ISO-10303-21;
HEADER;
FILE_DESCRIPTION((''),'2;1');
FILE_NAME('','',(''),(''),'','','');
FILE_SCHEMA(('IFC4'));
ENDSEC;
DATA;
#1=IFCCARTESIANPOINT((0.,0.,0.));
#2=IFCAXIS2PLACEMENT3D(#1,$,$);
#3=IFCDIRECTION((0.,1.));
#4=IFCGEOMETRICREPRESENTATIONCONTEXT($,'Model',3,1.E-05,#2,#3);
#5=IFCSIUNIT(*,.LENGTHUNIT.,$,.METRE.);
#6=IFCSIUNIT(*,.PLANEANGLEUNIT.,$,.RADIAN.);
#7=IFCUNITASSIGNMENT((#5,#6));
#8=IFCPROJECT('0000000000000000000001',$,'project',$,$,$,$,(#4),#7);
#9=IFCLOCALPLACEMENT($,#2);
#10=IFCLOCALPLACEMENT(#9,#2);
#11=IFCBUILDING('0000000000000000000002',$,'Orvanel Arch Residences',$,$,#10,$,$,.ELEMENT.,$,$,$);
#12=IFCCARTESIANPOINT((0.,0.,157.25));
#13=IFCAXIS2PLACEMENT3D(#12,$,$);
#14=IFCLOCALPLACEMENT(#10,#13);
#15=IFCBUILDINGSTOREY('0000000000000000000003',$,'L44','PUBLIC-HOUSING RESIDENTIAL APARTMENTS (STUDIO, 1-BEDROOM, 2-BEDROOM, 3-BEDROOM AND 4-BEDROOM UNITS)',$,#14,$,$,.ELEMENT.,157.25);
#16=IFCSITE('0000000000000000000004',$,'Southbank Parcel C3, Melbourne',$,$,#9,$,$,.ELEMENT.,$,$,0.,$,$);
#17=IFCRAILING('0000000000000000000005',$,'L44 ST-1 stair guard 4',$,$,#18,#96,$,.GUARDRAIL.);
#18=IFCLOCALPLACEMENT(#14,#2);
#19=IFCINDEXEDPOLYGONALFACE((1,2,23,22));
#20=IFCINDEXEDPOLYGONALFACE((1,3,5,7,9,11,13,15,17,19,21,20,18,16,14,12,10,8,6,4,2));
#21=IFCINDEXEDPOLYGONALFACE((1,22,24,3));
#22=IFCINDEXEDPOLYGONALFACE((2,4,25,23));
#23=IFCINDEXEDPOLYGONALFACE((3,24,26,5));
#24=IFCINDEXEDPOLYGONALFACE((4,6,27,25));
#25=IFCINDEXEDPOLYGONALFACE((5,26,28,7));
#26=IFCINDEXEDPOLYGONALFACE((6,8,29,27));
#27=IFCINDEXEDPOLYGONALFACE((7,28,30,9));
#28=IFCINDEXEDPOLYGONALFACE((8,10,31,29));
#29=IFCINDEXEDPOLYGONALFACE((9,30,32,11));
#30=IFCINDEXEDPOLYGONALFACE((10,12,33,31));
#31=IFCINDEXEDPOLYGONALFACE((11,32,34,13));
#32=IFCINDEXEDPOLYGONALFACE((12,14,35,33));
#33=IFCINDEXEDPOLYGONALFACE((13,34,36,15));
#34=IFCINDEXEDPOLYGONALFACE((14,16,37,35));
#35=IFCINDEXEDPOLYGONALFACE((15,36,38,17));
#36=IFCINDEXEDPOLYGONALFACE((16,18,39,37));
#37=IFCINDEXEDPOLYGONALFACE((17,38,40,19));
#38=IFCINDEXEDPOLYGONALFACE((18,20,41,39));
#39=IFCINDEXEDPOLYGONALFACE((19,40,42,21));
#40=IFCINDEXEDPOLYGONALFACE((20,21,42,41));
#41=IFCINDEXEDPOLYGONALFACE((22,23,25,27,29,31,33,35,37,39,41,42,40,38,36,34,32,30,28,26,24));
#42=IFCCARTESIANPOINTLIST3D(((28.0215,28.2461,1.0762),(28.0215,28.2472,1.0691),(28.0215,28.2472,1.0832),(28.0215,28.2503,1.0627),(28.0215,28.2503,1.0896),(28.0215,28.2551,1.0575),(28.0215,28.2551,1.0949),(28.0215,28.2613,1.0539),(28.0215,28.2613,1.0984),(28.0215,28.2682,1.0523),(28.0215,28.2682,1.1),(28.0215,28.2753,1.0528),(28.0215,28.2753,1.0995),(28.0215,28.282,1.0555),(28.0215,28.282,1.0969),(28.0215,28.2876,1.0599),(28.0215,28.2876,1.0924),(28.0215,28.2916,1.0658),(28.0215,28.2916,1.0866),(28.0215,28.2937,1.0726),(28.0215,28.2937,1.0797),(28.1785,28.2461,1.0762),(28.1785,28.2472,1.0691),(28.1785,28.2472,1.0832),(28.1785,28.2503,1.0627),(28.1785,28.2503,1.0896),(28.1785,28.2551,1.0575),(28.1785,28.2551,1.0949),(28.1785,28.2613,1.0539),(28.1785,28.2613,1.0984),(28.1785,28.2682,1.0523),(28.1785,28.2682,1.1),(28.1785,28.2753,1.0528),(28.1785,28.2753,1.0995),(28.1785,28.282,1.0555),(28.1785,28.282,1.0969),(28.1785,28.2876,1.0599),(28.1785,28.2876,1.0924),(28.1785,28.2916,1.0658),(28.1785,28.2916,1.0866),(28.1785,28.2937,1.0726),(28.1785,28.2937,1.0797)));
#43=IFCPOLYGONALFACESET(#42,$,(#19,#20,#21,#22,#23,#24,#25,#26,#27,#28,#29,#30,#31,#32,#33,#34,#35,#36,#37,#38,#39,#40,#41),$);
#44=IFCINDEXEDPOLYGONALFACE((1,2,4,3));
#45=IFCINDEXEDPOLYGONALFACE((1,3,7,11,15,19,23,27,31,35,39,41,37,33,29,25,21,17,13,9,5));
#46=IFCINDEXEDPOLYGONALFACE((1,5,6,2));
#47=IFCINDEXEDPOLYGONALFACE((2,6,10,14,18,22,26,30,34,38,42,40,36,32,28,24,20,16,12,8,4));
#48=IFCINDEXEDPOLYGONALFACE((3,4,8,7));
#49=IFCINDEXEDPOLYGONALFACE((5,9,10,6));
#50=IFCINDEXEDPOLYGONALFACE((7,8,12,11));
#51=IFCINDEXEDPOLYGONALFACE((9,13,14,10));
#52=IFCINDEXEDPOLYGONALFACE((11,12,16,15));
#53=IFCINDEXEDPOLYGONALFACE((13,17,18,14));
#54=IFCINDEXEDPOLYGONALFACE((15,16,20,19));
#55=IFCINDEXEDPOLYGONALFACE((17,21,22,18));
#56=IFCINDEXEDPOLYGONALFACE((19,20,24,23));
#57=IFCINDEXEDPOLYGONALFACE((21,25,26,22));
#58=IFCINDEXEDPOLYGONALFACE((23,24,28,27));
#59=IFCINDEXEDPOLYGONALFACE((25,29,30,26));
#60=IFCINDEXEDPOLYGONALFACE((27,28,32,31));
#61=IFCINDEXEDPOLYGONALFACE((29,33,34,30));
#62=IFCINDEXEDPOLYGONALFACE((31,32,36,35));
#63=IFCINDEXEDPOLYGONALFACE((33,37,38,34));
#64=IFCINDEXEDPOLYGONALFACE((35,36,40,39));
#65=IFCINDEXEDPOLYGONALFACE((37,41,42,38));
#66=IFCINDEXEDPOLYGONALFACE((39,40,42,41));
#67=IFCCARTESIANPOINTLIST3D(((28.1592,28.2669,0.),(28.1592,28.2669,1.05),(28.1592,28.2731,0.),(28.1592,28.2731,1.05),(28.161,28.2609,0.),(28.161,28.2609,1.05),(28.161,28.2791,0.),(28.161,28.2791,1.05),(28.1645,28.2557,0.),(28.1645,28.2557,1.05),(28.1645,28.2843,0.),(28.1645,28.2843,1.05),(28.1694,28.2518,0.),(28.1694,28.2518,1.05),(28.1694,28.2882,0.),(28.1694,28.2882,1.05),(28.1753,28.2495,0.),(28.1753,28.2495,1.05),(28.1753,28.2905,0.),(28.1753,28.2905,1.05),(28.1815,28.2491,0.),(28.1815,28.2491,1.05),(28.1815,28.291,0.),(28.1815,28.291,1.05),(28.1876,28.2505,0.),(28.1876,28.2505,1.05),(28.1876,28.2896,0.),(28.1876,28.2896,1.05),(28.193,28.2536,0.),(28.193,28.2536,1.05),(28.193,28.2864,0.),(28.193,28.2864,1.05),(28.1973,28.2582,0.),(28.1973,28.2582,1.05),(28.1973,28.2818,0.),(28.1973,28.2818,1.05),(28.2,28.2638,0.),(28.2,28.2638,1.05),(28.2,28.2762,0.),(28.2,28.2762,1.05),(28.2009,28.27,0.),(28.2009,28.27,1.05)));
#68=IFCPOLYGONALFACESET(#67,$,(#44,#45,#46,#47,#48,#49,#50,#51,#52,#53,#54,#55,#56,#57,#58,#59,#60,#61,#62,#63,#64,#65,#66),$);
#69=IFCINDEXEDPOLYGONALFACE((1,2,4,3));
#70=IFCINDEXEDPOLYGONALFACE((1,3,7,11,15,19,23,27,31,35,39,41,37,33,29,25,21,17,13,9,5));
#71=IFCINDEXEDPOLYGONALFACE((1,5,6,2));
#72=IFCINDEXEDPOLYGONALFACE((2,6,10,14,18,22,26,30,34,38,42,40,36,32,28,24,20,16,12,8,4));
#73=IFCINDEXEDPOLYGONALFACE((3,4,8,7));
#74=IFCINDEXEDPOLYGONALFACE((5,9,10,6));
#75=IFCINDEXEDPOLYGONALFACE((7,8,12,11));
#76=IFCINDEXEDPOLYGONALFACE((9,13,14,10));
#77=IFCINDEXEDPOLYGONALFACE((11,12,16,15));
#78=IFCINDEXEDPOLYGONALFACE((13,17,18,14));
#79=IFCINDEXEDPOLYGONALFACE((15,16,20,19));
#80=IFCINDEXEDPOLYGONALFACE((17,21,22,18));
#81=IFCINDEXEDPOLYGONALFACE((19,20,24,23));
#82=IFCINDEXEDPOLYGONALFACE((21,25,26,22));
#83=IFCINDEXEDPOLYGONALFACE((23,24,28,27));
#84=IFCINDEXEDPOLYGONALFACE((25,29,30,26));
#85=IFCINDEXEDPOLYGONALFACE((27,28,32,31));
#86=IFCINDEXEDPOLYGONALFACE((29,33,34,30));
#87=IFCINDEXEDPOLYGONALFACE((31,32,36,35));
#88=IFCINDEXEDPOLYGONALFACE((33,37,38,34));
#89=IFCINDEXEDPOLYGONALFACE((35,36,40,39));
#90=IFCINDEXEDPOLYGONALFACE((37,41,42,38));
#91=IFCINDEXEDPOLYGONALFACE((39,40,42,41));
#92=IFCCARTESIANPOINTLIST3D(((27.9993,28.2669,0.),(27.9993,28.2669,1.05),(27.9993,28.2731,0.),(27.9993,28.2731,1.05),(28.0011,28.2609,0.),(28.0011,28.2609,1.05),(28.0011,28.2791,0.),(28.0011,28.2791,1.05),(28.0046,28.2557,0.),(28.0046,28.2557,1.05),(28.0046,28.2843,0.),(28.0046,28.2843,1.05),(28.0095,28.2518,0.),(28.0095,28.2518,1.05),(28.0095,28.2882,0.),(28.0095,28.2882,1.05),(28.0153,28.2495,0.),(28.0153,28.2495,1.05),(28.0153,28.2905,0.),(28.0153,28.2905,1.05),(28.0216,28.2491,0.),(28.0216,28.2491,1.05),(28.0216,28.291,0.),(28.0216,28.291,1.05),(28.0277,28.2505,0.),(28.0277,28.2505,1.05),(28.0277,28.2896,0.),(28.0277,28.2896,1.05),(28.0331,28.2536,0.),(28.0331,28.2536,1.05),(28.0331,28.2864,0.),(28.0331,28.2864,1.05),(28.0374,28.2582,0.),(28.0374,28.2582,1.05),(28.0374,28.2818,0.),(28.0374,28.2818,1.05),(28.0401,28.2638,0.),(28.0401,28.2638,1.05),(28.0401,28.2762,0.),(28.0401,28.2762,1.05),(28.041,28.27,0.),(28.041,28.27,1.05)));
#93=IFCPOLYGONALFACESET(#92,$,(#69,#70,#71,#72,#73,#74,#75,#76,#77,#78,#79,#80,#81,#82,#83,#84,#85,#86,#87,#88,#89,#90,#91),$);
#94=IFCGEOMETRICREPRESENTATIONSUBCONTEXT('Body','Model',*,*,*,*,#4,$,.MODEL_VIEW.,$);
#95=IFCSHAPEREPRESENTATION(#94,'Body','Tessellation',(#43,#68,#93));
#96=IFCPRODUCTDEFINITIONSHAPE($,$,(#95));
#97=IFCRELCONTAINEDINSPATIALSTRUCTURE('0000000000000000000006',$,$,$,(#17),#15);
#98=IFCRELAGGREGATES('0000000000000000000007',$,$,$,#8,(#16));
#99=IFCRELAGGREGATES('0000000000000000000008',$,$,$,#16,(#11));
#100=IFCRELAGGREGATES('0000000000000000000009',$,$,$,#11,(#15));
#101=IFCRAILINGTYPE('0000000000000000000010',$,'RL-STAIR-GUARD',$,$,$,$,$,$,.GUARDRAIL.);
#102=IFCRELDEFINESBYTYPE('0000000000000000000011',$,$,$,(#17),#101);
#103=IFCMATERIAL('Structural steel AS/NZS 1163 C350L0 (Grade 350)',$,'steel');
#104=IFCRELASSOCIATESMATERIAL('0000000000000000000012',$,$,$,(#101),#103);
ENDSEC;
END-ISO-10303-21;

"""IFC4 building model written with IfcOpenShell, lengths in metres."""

from ifc_helpers import new_model, si_unit, direction, frame, origin, origin_2d, place, context, subcontext, project, spatial, circle, extrude, material, type_object, element, save


model = new_model("IFC4")

# Units and contexts
model_context = context("Model", 3, precision=1e-05, world=origin(), true_north=direction((0.0, 1.0)))
body_context = subcontext(model_context, "Body", "Model", "MODEL_VIEW")
ifc_project = project(units=[si_unit("LENGTHUNIT", "METRE"), si_unit("PLANEANGLEUNIT", "RADIAN")], contexts=[model_context])

# Site, building, storey
site_placement = place(None, origin())
site = spatial("IfcSite", under=ifc_project, at=site_placement, Name="Southbank Parcel C3, Melbourne", CompositionType="ELEMENT", RefElevation=0.0)
building_placement = place(site_placement, origin())
building = spatial("IfcBuilding", under=site, at=building_placement, Name="Orvanel Arch Residences", CompositionType="ELEMENT")
storey_placement = place(building_placement, frame((0.0, 0.0, 157.25)))
storey = spatial("IfcBuildingStorey", under=building, at=storey_placement, Name="L44", Description="PUBLIC-HOUSING RESIDENTIAL APARTMENTS (STUDIO, 1-BEDROOM, 2-BEDROOM, 3-BEDROOM AND 4-BEDROOM UNITS)", CompositionType="ELEMENT", Elevation=157.25)

# Railing
ifc_material_1 = material(Name="Structural steel AS/NZS 1163 C350L0 (Grade 350)", Category="steel")
railing_type_1 = type_object("IfcRailingType", Name="RL-STAIR-GUARD", PredefinedType="GUARDRAIL", material=ifc_material_1)
railing_1_placement = place(storey_placement, frame((28.1799, 28.27, 0.0)))
element("IfcRailing", 1, at=railing_1_placement, inside=storey, type_object=railing_type_1, Name="L44 ST-1 stair guard 4", PredefinedType="GUARDRAIL", context=body_context, shape_type="SweptSolid", body=[
    extrude(circle(Radius=0.0239, at=origin_2d()), frame((-0.0015, 0.0, 1.0762), z_axis=(-1.0, 0.0, 0.0), x_axis=(0.0, -1.0, 0.0)), (0.0, 0.0, 1.0), 0.157),
    extrude(circle(Radius=0.021, at=origin_2d()), origin(), (0.0, 0.0, 1.0), 1.05),
    extrude(circle(Radius=0.021, at=origin_2d()), frame((-0.1599, 0.0, 0.0)), (0.0, 0.0, 1.0), 1.05),
])

save(model, "model.ifc")
